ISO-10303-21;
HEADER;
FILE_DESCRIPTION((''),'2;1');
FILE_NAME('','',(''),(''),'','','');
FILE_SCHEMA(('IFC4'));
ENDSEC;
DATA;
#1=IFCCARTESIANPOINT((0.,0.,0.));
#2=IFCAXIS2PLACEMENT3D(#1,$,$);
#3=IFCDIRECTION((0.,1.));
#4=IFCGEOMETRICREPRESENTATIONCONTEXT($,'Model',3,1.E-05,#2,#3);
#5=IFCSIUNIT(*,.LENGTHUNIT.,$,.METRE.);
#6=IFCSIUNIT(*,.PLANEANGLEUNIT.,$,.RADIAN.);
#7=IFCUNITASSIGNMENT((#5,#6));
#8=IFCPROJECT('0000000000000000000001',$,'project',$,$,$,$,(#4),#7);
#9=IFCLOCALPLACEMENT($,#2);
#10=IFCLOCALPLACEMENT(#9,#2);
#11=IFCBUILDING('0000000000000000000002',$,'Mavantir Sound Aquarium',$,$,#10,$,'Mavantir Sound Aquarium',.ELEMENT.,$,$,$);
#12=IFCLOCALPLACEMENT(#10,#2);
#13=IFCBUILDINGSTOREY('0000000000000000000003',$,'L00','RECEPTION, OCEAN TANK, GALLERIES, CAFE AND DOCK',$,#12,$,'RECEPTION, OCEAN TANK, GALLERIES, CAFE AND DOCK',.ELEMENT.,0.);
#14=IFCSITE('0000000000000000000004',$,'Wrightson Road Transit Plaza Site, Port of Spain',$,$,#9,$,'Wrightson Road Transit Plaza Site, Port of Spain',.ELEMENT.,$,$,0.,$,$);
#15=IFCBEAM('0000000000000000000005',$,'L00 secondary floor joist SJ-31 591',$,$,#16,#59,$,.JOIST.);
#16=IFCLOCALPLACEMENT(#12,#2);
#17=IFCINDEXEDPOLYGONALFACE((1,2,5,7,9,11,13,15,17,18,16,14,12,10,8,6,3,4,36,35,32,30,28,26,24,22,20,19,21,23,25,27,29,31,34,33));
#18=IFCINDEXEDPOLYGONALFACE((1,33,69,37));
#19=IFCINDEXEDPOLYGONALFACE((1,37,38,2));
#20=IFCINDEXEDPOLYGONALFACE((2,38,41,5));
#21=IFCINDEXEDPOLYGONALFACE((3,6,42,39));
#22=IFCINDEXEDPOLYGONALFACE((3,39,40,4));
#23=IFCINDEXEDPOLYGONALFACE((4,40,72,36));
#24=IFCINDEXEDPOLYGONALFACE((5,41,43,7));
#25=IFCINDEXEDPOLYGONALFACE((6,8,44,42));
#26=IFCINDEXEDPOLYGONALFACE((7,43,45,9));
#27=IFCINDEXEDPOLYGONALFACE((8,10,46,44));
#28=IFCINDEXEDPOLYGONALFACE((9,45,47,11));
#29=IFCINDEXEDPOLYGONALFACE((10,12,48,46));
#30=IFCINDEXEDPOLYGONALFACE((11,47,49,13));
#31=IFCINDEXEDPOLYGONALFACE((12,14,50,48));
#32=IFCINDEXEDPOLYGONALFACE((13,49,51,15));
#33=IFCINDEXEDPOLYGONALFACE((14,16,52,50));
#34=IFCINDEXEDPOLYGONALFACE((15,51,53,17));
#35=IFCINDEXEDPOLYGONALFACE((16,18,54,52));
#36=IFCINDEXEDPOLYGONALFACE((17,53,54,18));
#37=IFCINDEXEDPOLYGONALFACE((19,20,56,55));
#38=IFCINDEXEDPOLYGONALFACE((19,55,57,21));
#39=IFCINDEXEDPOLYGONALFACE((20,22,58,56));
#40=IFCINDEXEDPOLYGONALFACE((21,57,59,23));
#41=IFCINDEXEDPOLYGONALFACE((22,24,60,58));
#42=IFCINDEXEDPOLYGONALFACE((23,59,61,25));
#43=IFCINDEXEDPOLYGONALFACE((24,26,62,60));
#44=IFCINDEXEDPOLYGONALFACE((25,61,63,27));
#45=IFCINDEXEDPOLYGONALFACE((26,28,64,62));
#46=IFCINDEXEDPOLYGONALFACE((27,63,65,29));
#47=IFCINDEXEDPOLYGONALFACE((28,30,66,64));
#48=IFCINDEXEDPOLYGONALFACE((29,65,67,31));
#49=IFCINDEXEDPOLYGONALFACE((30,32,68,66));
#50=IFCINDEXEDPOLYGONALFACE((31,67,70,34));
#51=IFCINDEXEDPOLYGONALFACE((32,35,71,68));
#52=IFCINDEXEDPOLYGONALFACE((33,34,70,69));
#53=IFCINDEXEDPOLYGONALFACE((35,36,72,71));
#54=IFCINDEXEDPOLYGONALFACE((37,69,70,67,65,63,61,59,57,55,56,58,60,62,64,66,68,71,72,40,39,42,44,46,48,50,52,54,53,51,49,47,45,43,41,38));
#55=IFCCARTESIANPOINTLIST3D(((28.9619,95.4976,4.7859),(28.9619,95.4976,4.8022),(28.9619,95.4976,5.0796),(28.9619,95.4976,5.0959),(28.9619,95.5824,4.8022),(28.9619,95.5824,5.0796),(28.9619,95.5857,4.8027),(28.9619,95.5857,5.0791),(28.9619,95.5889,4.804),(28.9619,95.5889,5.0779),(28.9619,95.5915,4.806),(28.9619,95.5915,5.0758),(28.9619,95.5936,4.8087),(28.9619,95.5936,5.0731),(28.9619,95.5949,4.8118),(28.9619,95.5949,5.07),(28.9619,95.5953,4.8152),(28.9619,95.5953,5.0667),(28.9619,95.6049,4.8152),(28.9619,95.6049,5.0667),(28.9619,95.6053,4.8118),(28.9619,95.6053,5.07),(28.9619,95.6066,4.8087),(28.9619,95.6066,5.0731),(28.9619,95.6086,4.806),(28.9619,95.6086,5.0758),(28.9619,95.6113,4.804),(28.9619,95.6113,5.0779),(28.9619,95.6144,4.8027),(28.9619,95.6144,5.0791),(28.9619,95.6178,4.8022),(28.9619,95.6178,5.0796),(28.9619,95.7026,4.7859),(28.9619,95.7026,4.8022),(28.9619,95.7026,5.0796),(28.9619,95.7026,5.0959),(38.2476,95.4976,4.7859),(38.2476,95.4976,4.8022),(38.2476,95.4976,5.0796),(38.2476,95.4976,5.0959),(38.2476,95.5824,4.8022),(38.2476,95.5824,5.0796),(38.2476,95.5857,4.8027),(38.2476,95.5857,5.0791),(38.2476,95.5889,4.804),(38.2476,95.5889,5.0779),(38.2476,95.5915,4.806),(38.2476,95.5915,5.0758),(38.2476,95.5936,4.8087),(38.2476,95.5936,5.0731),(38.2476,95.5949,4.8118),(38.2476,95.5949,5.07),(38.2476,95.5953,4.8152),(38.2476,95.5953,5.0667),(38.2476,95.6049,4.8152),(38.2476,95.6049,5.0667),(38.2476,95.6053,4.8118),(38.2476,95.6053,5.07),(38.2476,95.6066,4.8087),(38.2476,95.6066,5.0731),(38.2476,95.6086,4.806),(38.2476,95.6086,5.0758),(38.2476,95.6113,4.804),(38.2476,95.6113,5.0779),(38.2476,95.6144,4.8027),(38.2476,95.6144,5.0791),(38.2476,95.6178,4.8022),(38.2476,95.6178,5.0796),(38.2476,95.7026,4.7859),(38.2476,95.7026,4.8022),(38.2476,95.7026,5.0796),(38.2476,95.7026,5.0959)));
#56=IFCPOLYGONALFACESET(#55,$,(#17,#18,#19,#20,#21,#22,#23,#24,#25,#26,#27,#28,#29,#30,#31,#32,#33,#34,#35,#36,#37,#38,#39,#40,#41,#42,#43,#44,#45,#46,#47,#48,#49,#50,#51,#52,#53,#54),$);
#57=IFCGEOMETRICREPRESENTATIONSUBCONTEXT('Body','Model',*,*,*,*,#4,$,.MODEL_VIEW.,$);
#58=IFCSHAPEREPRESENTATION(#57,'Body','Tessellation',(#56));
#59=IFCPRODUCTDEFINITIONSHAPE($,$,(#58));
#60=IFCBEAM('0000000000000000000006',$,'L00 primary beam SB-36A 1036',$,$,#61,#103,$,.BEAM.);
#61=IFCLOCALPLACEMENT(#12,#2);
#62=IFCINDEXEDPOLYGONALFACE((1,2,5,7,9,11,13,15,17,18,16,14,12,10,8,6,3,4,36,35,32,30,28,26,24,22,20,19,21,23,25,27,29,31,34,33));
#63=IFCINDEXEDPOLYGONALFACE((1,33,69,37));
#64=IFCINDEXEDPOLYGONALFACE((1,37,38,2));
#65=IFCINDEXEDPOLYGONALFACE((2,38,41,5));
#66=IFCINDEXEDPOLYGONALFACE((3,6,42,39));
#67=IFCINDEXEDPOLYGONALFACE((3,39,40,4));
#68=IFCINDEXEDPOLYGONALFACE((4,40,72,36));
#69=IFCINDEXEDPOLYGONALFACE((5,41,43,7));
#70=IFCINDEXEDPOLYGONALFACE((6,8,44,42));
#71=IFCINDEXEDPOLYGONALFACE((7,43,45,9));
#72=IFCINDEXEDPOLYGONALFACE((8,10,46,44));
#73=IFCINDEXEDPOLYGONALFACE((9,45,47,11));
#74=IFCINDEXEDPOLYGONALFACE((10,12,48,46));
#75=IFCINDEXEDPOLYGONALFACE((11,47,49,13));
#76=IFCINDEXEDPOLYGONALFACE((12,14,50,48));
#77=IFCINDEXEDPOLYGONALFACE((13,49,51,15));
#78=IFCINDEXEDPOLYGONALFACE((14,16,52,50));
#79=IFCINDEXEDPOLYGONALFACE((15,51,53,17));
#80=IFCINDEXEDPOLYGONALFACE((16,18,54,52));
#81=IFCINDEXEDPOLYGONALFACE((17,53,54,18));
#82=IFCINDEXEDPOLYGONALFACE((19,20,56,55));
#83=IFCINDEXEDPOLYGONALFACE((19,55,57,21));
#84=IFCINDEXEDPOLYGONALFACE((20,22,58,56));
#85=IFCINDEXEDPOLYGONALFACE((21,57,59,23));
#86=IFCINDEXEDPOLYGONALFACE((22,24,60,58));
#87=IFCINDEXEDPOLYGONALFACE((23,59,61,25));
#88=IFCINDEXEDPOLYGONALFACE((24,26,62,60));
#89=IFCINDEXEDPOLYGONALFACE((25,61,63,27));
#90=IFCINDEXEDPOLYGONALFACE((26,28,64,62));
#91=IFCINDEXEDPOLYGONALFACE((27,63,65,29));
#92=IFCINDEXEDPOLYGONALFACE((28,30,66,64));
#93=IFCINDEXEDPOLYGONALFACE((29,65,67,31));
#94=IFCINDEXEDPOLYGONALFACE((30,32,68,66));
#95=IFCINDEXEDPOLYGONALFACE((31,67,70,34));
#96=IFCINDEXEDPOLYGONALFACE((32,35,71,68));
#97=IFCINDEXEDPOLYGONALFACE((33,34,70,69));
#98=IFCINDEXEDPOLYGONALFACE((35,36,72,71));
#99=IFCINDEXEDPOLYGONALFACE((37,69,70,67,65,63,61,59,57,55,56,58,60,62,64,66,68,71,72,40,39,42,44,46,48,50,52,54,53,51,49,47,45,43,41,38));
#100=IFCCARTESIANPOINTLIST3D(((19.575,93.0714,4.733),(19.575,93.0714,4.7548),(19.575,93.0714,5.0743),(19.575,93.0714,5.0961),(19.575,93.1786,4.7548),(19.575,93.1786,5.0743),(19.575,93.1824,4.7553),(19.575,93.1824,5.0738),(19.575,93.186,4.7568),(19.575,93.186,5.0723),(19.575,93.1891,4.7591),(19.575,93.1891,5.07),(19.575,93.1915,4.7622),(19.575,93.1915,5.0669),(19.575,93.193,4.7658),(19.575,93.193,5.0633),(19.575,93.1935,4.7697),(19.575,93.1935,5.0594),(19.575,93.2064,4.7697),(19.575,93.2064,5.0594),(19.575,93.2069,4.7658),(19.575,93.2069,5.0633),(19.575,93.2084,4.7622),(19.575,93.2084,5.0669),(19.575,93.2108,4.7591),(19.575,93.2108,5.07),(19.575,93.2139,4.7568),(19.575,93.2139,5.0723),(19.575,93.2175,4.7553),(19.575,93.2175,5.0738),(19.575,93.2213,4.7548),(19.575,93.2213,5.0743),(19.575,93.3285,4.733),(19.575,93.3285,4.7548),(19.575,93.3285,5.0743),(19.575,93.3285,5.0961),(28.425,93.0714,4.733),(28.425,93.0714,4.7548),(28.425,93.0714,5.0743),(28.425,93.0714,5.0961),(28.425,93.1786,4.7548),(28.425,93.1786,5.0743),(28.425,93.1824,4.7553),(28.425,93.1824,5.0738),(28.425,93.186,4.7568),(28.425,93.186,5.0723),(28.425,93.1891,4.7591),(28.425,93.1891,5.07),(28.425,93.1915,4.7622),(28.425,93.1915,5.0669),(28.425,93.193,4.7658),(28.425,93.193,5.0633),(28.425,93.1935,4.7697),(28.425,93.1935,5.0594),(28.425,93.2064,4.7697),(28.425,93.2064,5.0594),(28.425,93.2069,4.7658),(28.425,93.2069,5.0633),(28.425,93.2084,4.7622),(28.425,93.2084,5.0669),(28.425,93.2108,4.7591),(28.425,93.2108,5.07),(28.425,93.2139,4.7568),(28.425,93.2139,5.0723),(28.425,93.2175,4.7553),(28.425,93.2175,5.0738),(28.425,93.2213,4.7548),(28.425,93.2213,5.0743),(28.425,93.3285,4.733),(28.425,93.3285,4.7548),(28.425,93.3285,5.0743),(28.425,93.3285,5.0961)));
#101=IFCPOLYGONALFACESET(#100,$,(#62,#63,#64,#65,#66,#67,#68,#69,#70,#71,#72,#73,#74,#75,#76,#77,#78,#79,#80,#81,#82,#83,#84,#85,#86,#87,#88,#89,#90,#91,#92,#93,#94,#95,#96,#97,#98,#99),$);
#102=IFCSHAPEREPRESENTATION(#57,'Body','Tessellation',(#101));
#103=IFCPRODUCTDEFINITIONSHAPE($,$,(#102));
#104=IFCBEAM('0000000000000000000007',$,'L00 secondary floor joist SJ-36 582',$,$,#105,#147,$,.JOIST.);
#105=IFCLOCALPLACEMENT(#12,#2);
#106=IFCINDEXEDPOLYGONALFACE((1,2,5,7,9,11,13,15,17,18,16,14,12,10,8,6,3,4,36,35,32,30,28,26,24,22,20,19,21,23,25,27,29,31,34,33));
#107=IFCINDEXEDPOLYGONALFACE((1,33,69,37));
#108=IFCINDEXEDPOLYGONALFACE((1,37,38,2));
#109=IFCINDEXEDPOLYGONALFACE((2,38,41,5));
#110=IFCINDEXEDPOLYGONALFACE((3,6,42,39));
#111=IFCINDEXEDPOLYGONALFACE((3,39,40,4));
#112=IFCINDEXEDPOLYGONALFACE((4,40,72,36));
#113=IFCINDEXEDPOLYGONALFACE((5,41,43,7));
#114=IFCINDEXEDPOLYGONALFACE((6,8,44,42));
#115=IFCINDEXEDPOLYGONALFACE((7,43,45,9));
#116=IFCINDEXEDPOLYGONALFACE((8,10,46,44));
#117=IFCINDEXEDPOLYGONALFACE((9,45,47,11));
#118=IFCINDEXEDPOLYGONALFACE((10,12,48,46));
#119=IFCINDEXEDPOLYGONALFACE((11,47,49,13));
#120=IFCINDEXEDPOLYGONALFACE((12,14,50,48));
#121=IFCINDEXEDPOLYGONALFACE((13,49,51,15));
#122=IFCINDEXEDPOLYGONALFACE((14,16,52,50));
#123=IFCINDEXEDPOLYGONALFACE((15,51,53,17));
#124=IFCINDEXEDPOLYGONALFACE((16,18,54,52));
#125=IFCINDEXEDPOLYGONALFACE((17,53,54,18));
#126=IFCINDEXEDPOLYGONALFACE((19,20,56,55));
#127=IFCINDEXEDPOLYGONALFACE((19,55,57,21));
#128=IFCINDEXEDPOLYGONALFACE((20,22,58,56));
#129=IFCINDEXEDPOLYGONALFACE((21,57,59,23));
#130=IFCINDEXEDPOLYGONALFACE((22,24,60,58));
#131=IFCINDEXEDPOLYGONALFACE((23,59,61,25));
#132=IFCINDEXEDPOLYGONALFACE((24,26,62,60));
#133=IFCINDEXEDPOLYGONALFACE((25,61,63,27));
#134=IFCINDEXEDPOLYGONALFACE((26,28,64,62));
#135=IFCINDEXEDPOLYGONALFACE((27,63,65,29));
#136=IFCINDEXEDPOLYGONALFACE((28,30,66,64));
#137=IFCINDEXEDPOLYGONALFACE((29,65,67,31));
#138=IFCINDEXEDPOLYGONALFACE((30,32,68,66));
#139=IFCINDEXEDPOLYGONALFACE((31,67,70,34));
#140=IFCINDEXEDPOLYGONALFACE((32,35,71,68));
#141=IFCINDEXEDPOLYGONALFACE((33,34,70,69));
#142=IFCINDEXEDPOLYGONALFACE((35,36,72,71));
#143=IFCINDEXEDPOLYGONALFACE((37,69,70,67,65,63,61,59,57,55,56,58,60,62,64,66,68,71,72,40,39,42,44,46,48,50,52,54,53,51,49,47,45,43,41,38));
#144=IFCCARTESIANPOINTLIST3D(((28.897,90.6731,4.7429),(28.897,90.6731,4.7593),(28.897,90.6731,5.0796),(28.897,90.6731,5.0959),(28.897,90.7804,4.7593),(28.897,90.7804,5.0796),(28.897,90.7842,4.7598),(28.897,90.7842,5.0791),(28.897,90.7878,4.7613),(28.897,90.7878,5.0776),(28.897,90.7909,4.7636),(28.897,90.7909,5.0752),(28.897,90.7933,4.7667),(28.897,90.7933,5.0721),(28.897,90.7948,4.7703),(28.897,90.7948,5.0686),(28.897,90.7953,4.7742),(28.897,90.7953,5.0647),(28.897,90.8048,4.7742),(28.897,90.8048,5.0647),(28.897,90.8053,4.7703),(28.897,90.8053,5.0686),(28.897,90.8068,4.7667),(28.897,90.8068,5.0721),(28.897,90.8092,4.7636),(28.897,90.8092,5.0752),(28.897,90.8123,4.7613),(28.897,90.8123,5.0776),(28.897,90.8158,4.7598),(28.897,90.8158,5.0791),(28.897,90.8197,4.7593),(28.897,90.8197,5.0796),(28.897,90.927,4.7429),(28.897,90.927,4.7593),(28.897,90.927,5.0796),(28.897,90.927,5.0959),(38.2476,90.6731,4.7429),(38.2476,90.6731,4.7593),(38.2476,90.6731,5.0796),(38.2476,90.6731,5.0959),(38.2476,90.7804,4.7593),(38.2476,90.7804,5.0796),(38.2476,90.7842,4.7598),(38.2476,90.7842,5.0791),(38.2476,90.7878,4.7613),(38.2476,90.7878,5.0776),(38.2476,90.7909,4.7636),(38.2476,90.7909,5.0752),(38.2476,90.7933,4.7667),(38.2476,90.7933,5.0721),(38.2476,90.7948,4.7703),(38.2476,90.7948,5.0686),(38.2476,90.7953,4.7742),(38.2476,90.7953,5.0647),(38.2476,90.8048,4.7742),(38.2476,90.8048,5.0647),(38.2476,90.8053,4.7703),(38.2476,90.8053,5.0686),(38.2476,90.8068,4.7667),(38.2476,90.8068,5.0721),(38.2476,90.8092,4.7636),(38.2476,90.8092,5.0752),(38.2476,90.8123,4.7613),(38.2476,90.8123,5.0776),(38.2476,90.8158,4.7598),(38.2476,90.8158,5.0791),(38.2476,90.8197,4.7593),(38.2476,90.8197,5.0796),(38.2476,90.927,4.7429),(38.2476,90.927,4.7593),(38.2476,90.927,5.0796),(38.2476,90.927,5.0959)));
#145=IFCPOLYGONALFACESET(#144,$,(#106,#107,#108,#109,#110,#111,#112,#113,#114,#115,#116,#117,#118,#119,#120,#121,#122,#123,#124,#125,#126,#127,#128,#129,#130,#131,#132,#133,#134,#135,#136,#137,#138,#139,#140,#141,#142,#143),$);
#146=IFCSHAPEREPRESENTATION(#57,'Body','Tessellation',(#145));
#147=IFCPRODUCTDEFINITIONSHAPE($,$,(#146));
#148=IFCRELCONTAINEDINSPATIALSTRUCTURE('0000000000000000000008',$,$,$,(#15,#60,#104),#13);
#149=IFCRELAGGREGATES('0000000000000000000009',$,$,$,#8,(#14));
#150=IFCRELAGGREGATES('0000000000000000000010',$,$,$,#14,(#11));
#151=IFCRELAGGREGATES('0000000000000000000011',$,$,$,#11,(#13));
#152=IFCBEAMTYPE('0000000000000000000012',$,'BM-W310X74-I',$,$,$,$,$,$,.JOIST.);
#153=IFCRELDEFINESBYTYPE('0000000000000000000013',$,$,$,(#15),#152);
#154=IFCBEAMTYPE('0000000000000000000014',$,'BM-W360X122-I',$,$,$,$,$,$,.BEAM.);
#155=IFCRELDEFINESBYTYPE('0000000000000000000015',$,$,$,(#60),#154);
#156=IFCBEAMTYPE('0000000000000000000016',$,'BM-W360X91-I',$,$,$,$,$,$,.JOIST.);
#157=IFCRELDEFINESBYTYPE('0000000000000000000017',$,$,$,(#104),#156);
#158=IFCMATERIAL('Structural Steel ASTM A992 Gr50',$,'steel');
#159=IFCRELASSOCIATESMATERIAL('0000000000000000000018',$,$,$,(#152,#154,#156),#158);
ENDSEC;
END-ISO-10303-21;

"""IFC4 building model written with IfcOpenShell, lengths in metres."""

from ifc_helpers import new_model, si_unit, direction, frame, origin, origin_2d, place, context, subcontext, project, spatial, i_section, extrude, material, material_profile, profile_set, type_object, element, save


model = new_model("IFC4")

# Units and contexts
model_context = context("Model", 3, precision=1e-05, world=origin(), true_north=direction((0.0, 1.0)))
body_context = subcontext(model_context, "Body", "Model", "MODEL_VIEW")
ifc_project = project(units=[si_unit("LENGTHUNIT", "METRE"), si_unit("PLANEANGLEUNIT", "RADIAN")], contexts=[model_context])

# Site, building, storey
site_placement = place(None, origin())
site = spatial("IfcSite", under=ifc_project, at=site_placement, Name="Wrightson Road Transit Plaza Site, Port of Spain", LongName="Wrightson Road Transit Plaza Site, Port of Spain", CompositionType="ELEMENT", RefElevation=0.0)
building_placement = place(site_placement, origin())
building = spatial("IfcBuilding", under=site, at=building_placement, Name="Mavantir Sound Aquarium", LongName="Mavantir Sound Aquarium", CompositionType="ELEMENT")
storey_placement = place(building_placement, origin())
storey = spatial("IfcBuildingStorey", under=building, at=storey_placement, Name="L00", Description="RECEPTION, OCEAN TANK, GALLERIES, CAFE AND DOCK", LongName="RECEPTION, OCEAN TANK, GALLERIES, CAFE AND DOCK", CompositionType="ELEMENT", Elevation=0.0)

# Beams
ifc_material_1 = material(Name="Structural Steel ASTM A992 Gr50", Category="steel")
ifc_material_profile_1 = material_profile(ifc_material_1, i_section(OverallWidth=0.2051, OverallDepth=0.3101, WebThickness=0.0095, FlangeThickness=0.0164, FilletRadius=0.0129, at=origin_2d()), Name="W310X74")
ifc_profile_set_1 = profile_set([ifc_material_profile_1], Name="Structural Steel ASTM A992 Gr50")
beam_type_1 = type_object("IfcBeamType", Name="BM-W310X74-I", PredefinedType="JOIST", material=ifc_profile_set_1)
beam_1_placement = place(storey_placement, frame((28.9619, 95.6001, 4.9409), z_axis=(1.0, 0.0, 0.0), x_axis=(0.0, 1.0, 0.0)))
element("IfcBeam", 1, at=beam_1_placement, inside=storey, type_object=beam_type_1, Name="L00 secondary floor joist SJ-31 591", PredefinedType="JOIST", context=body_context, shape_type="SweptSolid", body=[
    extrude(i_section(OverallWidth=0.2051, OverallDepth=0.3101, WebThickness=0.0095, FlangeThickness=0.0164, FilletRadius=0.0129, at=origin_2d()), origin(), (0.0, 0.0, 1.0), 9.2856),
])
ifc_material_profile_2 = material_profile(ifc_material_1, i_section(OverallWidth=0.2571, OverallDepth=0.363, WebThickness=0.0129, FlangeThickness=0.0217, FilletRadius=0.0149, at=origin_2d()), Name="W360X122")
ifc_profile_set_2 = profile_set([ifc_material_profile_2], Name="Structural Steel ASTM A992 Gr50")
beam_type_2 = type_object("IfcBeamType", Name="BM-W360X122-I", PredefinedType="BEAM", material=ifc_profile_set_2)
beam_2_placement = place(storey_placement, frame((19.575, 93.2, 4.9146), z_axis=(1.0, 0.0, 0.0), x_axis=(0.0, 1.0, 0.0)))
element("IfcBeam", 2, at=beam_2_placement, inside=storey, type_object=beam_type_2, Name="L00 primary beam SB-36A 1036", PredefinedType="BEAM", context=body_context, shape_type="SweptSolid", body=[
    extrude(i_section(OverallWidth=0.2571, OverallDepth=0.363, WebThickness=0.0129, FlangeThickness=0.0217, FilletRadius=0.0149, at=origin_2d()), origin(), (0.0, 0.0, 1.0), 8.8501),
])
ifc_material_profile_3 = material_profile(ifc_material_1, i_section(OverallWidth=0.2539, OverallDepth=0.353, WebThickness=0.0095, FlangeThickness=0.0164, FilletRadius=0.0149, at=origin_2d()), Name="W360X91")
ifc_profile_set_3 = profile_set([ifc_material_profile_3], Name="Structural Steel ASTM A992 Gr50")
beam_type_3 = type_object("IfcBeamType", Name="BM-W360X91-I", PredefinedType="JOIST", material=ifc_profile_set_3)
beam_3_placement = place(storey_placement, frame((28.897, 90.8, 4.9194), z_axis=(1.0, 0.0, 0.0), x_axis=(0.0, 1.0, 0.0)))
element("IfcBeam", 3, at=beam_3_placement, inside=storey, type_object=beam_type_3, Name="L00 secondary floor joist SJ-36 582", PredefinedType="JOIST", context=body_context, shape_type="SweptSolid", body=[
    extrude(i_section(OverallWidth=0.2539, OverallDepth=0.353, WebThickness=0.0095, FlangeThickness=0.0164, FilletRadius=0.0149, at=origin_2d()), origin(), (0.0, 0.0, 1.0), 9.3506),
])

save(model, "model.ifc")
